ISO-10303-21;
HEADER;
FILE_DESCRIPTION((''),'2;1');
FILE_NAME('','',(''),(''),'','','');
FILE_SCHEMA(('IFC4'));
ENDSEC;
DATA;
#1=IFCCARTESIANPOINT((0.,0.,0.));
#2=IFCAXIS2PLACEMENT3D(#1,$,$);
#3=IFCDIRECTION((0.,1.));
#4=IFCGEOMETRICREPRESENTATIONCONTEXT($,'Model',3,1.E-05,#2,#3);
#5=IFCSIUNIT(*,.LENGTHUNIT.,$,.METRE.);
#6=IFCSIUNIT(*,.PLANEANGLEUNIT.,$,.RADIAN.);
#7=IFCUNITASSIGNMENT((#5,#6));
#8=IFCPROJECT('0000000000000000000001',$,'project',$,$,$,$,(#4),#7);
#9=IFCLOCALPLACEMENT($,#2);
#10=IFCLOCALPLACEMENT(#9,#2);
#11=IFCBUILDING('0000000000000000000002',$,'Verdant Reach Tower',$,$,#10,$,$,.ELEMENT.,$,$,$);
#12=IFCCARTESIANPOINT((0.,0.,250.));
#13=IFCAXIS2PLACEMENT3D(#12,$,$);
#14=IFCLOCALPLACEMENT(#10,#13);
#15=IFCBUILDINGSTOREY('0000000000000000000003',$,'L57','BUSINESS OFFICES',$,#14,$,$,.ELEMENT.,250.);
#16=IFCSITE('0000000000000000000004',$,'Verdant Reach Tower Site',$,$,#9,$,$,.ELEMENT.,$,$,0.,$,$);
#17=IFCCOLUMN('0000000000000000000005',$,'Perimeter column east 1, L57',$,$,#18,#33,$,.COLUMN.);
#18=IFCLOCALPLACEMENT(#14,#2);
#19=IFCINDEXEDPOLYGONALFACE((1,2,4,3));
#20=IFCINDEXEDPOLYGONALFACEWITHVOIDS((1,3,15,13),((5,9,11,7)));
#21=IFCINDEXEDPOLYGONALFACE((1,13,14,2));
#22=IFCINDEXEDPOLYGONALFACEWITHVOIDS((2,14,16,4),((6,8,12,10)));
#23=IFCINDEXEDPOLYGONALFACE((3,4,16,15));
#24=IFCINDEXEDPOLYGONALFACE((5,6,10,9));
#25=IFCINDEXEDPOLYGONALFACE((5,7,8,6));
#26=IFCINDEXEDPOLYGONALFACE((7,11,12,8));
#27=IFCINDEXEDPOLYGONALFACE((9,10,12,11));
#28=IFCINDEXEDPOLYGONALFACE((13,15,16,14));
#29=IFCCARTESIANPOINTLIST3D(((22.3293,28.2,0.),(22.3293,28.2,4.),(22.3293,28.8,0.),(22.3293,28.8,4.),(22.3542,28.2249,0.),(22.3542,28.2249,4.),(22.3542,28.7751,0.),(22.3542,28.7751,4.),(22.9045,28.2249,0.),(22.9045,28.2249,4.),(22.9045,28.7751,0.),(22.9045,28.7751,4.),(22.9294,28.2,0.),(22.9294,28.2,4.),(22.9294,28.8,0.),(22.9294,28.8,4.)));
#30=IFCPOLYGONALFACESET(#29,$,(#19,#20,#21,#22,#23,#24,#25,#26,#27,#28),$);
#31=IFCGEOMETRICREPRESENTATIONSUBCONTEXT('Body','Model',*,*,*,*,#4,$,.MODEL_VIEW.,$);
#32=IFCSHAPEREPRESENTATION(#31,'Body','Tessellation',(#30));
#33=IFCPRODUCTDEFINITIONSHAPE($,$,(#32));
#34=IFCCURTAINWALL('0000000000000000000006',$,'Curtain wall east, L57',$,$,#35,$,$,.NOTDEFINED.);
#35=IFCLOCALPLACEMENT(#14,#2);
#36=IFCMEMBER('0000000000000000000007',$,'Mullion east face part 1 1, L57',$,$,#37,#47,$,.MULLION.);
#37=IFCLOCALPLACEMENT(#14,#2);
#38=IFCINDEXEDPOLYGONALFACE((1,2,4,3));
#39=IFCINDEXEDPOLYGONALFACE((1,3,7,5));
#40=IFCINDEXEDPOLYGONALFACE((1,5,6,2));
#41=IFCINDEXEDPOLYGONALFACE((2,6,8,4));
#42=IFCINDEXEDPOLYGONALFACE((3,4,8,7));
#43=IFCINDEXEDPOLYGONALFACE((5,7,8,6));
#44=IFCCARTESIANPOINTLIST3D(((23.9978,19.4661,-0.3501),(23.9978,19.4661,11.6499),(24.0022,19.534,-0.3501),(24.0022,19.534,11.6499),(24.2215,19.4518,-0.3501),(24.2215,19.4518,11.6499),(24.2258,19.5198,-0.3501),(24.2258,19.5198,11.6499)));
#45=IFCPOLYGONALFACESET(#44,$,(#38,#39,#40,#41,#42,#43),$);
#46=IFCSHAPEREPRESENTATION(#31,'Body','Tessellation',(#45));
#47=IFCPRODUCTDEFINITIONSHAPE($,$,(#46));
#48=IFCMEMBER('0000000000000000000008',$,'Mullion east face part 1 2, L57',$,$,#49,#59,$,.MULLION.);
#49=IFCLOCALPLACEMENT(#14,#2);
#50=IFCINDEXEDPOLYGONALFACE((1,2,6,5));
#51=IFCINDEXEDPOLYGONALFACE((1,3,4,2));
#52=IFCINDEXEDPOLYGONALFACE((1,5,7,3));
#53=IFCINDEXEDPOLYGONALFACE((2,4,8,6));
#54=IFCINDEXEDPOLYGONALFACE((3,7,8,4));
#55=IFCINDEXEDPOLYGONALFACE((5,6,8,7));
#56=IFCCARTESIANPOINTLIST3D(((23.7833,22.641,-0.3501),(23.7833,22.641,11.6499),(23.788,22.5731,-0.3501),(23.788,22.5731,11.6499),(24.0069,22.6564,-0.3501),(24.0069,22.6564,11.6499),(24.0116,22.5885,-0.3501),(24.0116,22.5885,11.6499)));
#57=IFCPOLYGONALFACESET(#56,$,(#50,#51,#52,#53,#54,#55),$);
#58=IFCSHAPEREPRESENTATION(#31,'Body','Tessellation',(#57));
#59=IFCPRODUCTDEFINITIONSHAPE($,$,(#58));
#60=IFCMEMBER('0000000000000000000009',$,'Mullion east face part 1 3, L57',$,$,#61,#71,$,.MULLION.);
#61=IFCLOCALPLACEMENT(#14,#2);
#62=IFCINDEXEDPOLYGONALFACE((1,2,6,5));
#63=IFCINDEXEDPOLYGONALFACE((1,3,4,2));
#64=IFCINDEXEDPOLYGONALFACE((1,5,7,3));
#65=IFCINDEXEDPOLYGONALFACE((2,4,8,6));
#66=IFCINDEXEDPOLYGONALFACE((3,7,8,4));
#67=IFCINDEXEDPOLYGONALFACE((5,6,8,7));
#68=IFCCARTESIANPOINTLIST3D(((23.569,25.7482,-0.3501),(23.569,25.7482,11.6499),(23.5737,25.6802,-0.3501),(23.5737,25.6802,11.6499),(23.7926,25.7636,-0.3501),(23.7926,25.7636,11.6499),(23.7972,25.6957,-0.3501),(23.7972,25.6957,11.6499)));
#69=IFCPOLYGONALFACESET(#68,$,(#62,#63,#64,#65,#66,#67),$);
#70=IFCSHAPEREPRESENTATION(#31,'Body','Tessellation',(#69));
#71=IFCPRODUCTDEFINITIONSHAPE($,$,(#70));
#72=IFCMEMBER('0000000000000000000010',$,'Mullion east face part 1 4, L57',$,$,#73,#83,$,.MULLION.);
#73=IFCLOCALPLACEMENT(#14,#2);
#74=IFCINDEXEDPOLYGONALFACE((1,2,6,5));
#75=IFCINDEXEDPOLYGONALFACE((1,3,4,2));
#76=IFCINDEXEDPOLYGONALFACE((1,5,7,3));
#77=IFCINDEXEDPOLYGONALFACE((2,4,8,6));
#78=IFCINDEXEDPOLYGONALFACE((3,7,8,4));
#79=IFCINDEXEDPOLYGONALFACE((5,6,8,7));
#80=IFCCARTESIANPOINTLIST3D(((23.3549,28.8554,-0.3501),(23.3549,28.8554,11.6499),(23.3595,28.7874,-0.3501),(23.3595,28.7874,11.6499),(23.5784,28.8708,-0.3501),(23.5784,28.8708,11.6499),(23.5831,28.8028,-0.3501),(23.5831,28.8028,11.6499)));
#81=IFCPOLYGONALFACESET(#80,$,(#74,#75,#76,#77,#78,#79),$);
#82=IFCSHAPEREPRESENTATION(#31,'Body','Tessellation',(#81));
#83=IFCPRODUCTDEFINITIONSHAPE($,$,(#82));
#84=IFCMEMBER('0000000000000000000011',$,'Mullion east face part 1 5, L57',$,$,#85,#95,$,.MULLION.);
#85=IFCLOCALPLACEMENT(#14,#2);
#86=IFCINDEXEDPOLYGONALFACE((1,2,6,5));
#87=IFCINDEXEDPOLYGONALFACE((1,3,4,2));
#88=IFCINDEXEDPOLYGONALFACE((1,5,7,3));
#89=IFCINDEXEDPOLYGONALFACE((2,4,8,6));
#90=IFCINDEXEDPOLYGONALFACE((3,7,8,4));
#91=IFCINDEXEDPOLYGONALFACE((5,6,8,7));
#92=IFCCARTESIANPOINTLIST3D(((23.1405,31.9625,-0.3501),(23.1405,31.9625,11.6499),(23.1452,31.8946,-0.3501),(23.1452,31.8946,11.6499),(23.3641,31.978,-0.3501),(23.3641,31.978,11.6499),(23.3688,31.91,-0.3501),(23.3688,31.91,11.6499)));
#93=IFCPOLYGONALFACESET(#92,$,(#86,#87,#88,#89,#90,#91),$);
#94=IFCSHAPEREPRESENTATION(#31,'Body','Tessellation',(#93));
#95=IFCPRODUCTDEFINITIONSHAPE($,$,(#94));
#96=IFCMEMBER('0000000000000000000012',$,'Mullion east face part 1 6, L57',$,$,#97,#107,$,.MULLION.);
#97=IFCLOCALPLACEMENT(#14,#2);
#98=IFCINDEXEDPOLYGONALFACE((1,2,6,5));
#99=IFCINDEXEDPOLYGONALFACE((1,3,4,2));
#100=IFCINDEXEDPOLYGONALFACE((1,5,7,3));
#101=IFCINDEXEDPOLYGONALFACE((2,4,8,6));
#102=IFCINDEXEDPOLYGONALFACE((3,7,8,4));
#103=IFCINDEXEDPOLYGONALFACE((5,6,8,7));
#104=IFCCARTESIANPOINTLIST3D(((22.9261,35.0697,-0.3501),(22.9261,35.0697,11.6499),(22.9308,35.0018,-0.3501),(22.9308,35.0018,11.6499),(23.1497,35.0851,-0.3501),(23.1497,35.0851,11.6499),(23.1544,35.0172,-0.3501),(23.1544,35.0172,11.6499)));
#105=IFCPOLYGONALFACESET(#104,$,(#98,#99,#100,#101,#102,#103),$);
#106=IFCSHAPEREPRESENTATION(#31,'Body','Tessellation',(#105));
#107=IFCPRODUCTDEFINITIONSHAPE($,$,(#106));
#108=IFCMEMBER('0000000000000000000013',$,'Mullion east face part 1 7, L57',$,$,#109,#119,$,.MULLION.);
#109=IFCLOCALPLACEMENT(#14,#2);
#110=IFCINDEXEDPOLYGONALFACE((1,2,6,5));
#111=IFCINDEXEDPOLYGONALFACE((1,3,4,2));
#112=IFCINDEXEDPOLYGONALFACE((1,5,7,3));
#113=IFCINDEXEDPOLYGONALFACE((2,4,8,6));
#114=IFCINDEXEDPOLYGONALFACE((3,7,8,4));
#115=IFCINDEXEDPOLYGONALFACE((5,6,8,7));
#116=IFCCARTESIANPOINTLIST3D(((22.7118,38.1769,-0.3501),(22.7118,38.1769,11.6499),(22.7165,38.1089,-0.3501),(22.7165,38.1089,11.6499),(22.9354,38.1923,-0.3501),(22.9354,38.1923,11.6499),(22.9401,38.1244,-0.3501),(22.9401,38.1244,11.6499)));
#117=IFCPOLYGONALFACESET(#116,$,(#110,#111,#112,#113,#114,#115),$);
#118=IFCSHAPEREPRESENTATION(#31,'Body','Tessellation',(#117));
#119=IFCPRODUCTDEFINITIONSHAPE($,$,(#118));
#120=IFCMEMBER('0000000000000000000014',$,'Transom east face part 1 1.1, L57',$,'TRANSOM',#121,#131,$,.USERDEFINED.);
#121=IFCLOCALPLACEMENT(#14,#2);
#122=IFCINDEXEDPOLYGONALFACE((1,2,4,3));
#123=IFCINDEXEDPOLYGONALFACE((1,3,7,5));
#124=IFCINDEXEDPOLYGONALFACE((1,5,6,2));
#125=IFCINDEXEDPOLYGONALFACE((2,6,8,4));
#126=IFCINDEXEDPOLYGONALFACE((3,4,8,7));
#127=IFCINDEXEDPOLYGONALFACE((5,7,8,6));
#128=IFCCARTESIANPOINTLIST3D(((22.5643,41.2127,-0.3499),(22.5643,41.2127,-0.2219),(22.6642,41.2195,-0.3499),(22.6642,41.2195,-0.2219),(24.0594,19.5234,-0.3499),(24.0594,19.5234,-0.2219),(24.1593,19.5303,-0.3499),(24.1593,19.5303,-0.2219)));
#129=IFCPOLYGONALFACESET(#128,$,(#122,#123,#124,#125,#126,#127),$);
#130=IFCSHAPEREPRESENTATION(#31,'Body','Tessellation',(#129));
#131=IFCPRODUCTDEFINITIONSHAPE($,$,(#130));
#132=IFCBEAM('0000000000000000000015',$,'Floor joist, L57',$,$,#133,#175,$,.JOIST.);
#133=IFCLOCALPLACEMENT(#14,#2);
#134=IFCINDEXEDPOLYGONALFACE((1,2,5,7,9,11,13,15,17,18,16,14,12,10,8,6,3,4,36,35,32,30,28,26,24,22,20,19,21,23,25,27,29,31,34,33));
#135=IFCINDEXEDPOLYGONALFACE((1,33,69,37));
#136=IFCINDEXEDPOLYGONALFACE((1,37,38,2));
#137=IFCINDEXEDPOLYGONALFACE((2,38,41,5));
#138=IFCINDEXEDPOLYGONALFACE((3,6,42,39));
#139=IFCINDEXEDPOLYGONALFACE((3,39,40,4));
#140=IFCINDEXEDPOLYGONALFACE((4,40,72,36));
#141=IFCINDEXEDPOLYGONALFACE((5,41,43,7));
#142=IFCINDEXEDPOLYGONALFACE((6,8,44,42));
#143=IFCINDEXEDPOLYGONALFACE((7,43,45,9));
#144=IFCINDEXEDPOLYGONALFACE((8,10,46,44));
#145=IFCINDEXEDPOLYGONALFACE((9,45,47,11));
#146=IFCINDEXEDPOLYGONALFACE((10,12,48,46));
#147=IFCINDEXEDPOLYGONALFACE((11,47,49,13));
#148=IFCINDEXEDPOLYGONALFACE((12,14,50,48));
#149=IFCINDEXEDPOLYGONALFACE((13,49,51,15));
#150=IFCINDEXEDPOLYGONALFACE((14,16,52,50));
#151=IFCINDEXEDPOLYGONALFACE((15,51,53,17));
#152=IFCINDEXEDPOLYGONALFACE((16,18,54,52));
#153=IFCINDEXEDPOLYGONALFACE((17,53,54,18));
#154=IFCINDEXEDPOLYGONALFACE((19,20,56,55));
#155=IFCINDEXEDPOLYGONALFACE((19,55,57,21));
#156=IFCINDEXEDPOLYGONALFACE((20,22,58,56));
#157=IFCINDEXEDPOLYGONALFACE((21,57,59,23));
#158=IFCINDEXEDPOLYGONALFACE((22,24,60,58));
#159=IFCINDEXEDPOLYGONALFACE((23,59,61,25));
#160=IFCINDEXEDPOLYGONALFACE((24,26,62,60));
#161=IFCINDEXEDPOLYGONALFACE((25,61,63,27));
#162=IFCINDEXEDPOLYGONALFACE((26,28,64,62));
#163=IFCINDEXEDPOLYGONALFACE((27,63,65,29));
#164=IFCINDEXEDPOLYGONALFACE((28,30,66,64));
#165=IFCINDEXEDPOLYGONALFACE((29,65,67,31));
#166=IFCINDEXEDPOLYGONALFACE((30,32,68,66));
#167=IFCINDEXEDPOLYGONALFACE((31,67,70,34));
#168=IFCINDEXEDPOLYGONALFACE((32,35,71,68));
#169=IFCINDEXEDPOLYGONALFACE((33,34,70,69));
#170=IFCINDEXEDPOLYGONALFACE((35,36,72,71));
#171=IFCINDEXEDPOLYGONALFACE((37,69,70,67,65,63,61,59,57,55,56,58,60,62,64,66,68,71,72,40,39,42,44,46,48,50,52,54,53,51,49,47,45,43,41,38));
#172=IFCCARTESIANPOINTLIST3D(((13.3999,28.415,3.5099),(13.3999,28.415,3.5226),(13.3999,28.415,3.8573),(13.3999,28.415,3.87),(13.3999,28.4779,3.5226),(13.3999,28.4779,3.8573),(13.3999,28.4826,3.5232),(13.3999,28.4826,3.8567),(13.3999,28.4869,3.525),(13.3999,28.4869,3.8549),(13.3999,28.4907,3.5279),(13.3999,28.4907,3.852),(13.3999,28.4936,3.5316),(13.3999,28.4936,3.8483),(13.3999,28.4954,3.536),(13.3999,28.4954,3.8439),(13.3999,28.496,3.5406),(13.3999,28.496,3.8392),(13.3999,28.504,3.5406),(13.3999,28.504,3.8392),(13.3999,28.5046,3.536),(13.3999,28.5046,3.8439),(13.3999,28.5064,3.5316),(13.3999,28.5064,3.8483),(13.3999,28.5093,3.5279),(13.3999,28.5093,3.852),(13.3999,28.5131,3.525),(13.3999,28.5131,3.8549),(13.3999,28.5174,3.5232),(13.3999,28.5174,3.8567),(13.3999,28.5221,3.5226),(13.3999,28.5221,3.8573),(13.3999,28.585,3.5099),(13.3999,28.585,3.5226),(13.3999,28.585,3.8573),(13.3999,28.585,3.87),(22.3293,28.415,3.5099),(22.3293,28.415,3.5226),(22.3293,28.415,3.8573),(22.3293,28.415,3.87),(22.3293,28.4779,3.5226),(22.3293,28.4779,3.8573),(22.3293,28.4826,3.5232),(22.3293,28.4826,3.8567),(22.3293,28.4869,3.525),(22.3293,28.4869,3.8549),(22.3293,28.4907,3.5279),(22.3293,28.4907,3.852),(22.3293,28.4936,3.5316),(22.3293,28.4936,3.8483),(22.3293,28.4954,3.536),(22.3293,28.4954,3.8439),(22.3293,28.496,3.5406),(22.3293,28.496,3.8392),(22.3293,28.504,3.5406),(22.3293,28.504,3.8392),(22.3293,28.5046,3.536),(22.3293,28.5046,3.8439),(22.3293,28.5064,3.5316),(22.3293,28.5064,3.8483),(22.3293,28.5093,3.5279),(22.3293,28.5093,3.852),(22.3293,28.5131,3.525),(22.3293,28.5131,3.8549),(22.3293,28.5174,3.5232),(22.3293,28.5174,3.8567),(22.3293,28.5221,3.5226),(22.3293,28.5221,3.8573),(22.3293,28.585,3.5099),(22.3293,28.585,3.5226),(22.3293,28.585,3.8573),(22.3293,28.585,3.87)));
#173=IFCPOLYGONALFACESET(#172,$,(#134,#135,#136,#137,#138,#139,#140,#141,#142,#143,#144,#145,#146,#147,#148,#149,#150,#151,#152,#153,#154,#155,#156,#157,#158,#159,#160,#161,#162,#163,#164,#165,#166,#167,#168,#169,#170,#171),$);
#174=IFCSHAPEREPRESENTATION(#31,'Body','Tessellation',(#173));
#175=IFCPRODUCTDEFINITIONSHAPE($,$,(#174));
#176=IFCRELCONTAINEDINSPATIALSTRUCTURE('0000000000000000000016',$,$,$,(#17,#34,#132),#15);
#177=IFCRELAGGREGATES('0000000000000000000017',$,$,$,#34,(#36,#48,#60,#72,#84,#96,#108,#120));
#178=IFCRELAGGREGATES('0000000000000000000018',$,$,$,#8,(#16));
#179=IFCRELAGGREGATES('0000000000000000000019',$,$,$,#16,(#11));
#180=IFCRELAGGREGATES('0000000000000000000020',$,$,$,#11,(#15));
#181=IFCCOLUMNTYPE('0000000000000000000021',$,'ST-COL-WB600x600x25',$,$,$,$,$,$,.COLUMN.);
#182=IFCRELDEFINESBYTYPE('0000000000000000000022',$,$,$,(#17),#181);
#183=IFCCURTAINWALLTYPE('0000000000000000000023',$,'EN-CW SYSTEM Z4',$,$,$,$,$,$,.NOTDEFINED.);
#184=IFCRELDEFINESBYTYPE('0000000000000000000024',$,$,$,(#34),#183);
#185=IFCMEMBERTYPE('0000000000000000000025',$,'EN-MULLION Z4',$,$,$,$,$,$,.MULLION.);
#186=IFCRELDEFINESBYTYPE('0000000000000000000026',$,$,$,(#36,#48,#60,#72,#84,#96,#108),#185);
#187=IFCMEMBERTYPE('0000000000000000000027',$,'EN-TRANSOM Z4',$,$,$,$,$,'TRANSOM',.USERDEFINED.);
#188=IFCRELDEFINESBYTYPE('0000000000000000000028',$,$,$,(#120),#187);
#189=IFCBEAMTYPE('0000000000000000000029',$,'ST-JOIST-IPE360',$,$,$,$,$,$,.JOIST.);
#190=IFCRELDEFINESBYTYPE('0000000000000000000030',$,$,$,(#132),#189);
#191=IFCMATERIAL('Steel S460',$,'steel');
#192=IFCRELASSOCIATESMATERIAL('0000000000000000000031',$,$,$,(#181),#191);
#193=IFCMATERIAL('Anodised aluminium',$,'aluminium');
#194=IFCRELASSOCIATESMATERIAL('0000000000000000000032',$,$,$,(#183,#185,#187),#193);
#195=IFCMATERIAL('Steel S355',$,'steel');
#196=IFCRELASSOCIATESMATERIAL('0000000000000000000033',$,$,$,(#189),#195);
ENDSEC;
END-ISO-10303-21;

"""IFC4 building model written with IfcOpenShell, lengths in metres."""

from ifc_helpers import new_model, si_unit, direction, frame, origin, origin_2d, place, context, subcontext, project, spatial, rectangle, hollow_rectangle, i_section, extrude, material, material_profile, profile_set, type_object, element, aggregate, save


model = new_model("IFC4")

# Units and contexts
model_context = context("Model", 3, precision=1e-05, world=origin(), true_north=direction((0.0, 1.0)))
body_context = subcontext(model_context, "Body", "Model", "MODEL_VIEW")
ifc_project = project(units=[si_unit("LENGTHUNIT", "METRE"), si_unit("PLANEANGLEUNIT", "RADIAN")], contexts=[model_context])

# Site, building, storey
site_placement = place(None, origin())
site = spatial("IfcSite", under=ifc_project, at=site_placement, Name="Verdant Reach Tower Site", CompositionType="ELEMENT", RefElevation=0.0)
building_placement = place(site_placement, origin())
building = spatial("IfcBuilding", under=site, at=building_placement, Name="Verdant Reach Tower", CompositionType="ELEMENT")
storey_placement = place(building_placement, frame((0.0, 0.0, 250.0)))
storey = spatial("IfcBuildingStorey", under=building, at=storey_placement, Name="L57", Description="BUSINESS OFFICES", CompositionType="ELEMENT", Elevation=250.0)

# Column
ifc_material_1 = material(Name="Steel S460", Category="steel")
ifc_material_profile_1 = material_profile(ifc_material_1, hollow_rectangle(XDim=0.6001, YDim=0.6001, WallThickness=0.0249, at=origin_2d()), Name="WB 600x600x25")
ifc_profile_set_1 = profile_set([ifc_material_profile_1], Name="Steel S460")
column_type = type_object("IfcColumnType", Name="ST-COL-WB600x600x25", PredefinedType="COLUMN", material=ifc_profile_set_1)
column_placement = place(storey_placement, frame((22.6294, 28.5, 0.0), z_axis=(0.0, 0.0, 1.0), x_axis=(1.0, 0.0, 0.0)))
element("IfcColumn", 1, at=column_placement, inside=storey, type_object=column_type, Name="Perimeter column east 1, L57", PredefinedType="COLUMN", context=body_context, shape_type="SweptSolid", body=[
    extrude(hollow_rectangle(XDim=0.6001, YDim=0.6001, WallThickness=0.0249, at=origin_2d()), origin(), (0.0, 0.0, 1.0), 4.0),
])

# Curtain wall, members
ifc_material_2 = material(Name="Anodised aluminium", Category="aluminium")
curtain_wall_type = type_object("IfcCurtainWallType", Name="EN-CW SYSTEM Z4", PredefinedType="NOTDEFINED", material=ifc_material_2)
curtain_wall_placement = place(storey_placement, origin())
curtain_wall = element("IfcCurtainWall", 2, at=curtain_wall_placement, inside=storey, type_object=curtain_wall_type, Name="Curtain wall east, L57", PredefinedType="NOTDEFINED")
ifc_material_profile_2 = material_profile(ifc_material_2, rectangle(XDim=0.2241, YDim=0.0681, at=origin_2d()), Name="Mullion 68x224")
ifc_profile_set_2 = profile_set([ifc_material_profile_2], Name="Anodised aluminium")
member_type_1 = type_object("IfcMemberType", Name="EN-MULLION Z4", PredefinedType="MULLION", material=ifc_profile_set_2)
member_1_placement = place(storey_placement, frame((24.1118, 19.4929, -0.3501), z_axis=(0.0, 0.0, 1.0), x_axis=(0.997969, -0.063699, 0.0)))
member_1 = element("IfcMember", 3, at=member_1_placement, type_object=member_type_1, Name="Mullion east face part 1 1, L57", PredefinedType="MULLION", context=body_context, shape_type="SweptSolid", body=[
    extrude(rectangle(XDim=0.2241, YDim=0.0681, at=origin_2d()), origin(), (0.0, 0.0, 1.0), 12.0),
])
member_2_placement = place(storey_placement, frame((23.8975, 22.6147, -0.3501), z_axis=(0.0, 0.0, 1.0), x_axis=(0.99763, 0.068802, 0.0)))
member_2 = element("IfcMember", 4, at=member_2_placement, type_object=member_type_1, Name="Mullion east face part 1 2, L57", PredefinedType="MULLION", context=body_context, shape_type="SweptSolid", body=[
    extrude(rectangle(XDim=0.2241, YDim=0.0681, at=origin_2d()), origin(), (0.0, 0.0, 1.0), 12.0),
])
member_3_placement = place(storey_placement, frame((23.6831, 25.7219, -0.3501), z_axis=(0.0, 0.0, 1.0), x_axis=(0.99763, 0.068802, 0.0)))
member_3 = element("IfcMember", 5, at=member_3_placement, type_object=member_type_1, Name="Mullion east face part 1 3, L57", PredefinedType="MULLION", context=body_context, shape_type="SweptSolid", body=[
    extrude(rectangle(XDim=0.2241, YDim=0.0681, at=origin_2d()), origin(), (0.0, 0.0, 1.0), 12.0),
])
member_4_placement = place(storey_placement, frame((23.469, 28.8291, -0.3501), z_axis=(0.0, 0.0, 1.0), x_axis=(0.99763, 0.068802, 0.0)))
member_4 = element("IfcMember", 6, at=member_4_placement, type_object=member_type_1, Name="Mullion east face part 1 4, L57", PredefinedType="MULLION", context=body_context, shape_type="SweptSolid", body=[
    extrude(rectangle(XDim=0.2241, YDim=0.0681, at=origin_2d()), origin(), (0.0, 0.0, 1.0), 12.0),
])
member_5_placement = place(storey_placement, frame((23.2546, 31.9363, -0.3501), z_axis=(0.0, 0.0, 1.0), x_axis=(0.99763, 0.068802, 0.0)))
member_5 = element("IfcMember", 7, at=member_5_placement, type_object=member_type_1, Name="Mullion east face part 1 5, L57", PredefinedType="MULLION", context=body_context, shape_type="SweptSolid", body=[
    extrude(rectangle(XDim=0.2241, YDim=0.0681, at=origin_2d()), origin(), (0.0, 0.0, 1.0), 12.0),
])
member_6_placement = place(storey_placement, frame((23.0403, 35.0435, -0.3501), z_axis=(0.0, 0.0, 1.0), x_axis=(0.99763, 0.068802, 0.0)))
member_6 = element("IfcMember", 8, at=member_6_placement, type_object=member_type_1, Name="Mullion east face part 1 6, L57", PredefinedType="MULLION", context=body_context, shape_type="SweptSolid", body=[
    extrude(rectangle(XDim=0.2241, YDim=0.0681, at=origin_2d()), origin(), (0.0, 0.0, 1.0), 12.0),
])
member_7_placement = place(storey_placement, frame((22.8259, 38.1506, -0.3501), z_axis=(0.0, 0.0, 1.0), x_axis=(0.99763, 0.068802, 0.0)))
member_7 = element("IfcMember", 9, at=member_7_placement, type_object=member_type_1, Name="Mullion east face part 1 7, L57", PredefinedType="MULLION", context=body_context, shape_type="SweptSolid", body=[
    extrude(rectangle(XDim=0.2241, YDim=0.0681, at=origin_2d()), origin(), (0.0, 0.0, 1.0), 12.0),
])
ifc_material_profile_3 = material_profile(ifc_material_2, rectangle(XDim=0.1001, YDim=0.1279, at=origin_2d()), Name="Transom 128x100")
ifc_profile_set_3 = profile_set([ifc_material_profile_3], Name="Anodised aluminium")
member_type_2 = type_object("IfcMemberType", Name="EN-TRANSOM Z4", ElementType="TRANSOM", PredefinedType="USERDEFINED", material=ifc_profile_set_3)
member_8_placement = place(storey_placement, frame((24.1094, 19.5269, -0.2859), z_axis=(-0.06877, 0.997633, 0.0), x_axis=(-0.997633, -0.06877, 0.0)))
member_8 = element("IfcMember", 10, at=member_8_placement, type_object=member_type_2, Name="Transom east face part 1 1.1, L57", ObjectType="TRANSOM", PredefinedType="USERDEFINED", context=body_context, shape_type="SweptSolid", body=[
    extrude(rectangle(XDim=0.1001, YDim=0.1279, at=origin_2d()), origin(), (0.0, 0.0, 1.0), 21.7407),
])

# Beam
ifc_material_3 = material(Name="Steel S355", Category="steel")
ifc_material_profile_4 = material_profile(ifc_material_3, i_section(OverallWidth=0.1699, OverallDepth=0.3601, WebThickness=0.0081, FlangeThickness=0.0127, FilletRadius=0.0181, at=origin_2d()), Name="IPE 360")
ifc_profile_set_4 = profile_set([ifc_material_profile_4], Name="Steel S355")
beam_type_1 = type_object("IfcBeamType", Name="ST-JOIST-IPE360", PredefinedType="JOIST", material=ifc_profile_set_4)
beam_1_placement = place(storey_placement, frame((13.3999, 28.5, 3.6899), z_axis=(1.0, 0.0, 0.0), x_axis=(0.0, 1.0, 0.0)))
element("IfcBeam", 11, at=beam_1_placement, inside=storey, type_object=beam_type_1, Name="Floor joist, L57", PredefinedType="JOIST", context=body_context, shape_type="SweptSolid", body=[
    extrude(i_section(OverallWidth=0.1699, OverallDepth=0.3601, WebThickness=0.0081, FlangeThickness=0.0127, FilletRadius=0.0181, at=origin_2d()), origin(), (0.0, 0.0, 1.0), 8.9294),
])

aggregate(curtain_wall, [member_1, member_2, member_3, member_4, member_5, member_6, member_7, member_8])

save(model, "model.ifc")
